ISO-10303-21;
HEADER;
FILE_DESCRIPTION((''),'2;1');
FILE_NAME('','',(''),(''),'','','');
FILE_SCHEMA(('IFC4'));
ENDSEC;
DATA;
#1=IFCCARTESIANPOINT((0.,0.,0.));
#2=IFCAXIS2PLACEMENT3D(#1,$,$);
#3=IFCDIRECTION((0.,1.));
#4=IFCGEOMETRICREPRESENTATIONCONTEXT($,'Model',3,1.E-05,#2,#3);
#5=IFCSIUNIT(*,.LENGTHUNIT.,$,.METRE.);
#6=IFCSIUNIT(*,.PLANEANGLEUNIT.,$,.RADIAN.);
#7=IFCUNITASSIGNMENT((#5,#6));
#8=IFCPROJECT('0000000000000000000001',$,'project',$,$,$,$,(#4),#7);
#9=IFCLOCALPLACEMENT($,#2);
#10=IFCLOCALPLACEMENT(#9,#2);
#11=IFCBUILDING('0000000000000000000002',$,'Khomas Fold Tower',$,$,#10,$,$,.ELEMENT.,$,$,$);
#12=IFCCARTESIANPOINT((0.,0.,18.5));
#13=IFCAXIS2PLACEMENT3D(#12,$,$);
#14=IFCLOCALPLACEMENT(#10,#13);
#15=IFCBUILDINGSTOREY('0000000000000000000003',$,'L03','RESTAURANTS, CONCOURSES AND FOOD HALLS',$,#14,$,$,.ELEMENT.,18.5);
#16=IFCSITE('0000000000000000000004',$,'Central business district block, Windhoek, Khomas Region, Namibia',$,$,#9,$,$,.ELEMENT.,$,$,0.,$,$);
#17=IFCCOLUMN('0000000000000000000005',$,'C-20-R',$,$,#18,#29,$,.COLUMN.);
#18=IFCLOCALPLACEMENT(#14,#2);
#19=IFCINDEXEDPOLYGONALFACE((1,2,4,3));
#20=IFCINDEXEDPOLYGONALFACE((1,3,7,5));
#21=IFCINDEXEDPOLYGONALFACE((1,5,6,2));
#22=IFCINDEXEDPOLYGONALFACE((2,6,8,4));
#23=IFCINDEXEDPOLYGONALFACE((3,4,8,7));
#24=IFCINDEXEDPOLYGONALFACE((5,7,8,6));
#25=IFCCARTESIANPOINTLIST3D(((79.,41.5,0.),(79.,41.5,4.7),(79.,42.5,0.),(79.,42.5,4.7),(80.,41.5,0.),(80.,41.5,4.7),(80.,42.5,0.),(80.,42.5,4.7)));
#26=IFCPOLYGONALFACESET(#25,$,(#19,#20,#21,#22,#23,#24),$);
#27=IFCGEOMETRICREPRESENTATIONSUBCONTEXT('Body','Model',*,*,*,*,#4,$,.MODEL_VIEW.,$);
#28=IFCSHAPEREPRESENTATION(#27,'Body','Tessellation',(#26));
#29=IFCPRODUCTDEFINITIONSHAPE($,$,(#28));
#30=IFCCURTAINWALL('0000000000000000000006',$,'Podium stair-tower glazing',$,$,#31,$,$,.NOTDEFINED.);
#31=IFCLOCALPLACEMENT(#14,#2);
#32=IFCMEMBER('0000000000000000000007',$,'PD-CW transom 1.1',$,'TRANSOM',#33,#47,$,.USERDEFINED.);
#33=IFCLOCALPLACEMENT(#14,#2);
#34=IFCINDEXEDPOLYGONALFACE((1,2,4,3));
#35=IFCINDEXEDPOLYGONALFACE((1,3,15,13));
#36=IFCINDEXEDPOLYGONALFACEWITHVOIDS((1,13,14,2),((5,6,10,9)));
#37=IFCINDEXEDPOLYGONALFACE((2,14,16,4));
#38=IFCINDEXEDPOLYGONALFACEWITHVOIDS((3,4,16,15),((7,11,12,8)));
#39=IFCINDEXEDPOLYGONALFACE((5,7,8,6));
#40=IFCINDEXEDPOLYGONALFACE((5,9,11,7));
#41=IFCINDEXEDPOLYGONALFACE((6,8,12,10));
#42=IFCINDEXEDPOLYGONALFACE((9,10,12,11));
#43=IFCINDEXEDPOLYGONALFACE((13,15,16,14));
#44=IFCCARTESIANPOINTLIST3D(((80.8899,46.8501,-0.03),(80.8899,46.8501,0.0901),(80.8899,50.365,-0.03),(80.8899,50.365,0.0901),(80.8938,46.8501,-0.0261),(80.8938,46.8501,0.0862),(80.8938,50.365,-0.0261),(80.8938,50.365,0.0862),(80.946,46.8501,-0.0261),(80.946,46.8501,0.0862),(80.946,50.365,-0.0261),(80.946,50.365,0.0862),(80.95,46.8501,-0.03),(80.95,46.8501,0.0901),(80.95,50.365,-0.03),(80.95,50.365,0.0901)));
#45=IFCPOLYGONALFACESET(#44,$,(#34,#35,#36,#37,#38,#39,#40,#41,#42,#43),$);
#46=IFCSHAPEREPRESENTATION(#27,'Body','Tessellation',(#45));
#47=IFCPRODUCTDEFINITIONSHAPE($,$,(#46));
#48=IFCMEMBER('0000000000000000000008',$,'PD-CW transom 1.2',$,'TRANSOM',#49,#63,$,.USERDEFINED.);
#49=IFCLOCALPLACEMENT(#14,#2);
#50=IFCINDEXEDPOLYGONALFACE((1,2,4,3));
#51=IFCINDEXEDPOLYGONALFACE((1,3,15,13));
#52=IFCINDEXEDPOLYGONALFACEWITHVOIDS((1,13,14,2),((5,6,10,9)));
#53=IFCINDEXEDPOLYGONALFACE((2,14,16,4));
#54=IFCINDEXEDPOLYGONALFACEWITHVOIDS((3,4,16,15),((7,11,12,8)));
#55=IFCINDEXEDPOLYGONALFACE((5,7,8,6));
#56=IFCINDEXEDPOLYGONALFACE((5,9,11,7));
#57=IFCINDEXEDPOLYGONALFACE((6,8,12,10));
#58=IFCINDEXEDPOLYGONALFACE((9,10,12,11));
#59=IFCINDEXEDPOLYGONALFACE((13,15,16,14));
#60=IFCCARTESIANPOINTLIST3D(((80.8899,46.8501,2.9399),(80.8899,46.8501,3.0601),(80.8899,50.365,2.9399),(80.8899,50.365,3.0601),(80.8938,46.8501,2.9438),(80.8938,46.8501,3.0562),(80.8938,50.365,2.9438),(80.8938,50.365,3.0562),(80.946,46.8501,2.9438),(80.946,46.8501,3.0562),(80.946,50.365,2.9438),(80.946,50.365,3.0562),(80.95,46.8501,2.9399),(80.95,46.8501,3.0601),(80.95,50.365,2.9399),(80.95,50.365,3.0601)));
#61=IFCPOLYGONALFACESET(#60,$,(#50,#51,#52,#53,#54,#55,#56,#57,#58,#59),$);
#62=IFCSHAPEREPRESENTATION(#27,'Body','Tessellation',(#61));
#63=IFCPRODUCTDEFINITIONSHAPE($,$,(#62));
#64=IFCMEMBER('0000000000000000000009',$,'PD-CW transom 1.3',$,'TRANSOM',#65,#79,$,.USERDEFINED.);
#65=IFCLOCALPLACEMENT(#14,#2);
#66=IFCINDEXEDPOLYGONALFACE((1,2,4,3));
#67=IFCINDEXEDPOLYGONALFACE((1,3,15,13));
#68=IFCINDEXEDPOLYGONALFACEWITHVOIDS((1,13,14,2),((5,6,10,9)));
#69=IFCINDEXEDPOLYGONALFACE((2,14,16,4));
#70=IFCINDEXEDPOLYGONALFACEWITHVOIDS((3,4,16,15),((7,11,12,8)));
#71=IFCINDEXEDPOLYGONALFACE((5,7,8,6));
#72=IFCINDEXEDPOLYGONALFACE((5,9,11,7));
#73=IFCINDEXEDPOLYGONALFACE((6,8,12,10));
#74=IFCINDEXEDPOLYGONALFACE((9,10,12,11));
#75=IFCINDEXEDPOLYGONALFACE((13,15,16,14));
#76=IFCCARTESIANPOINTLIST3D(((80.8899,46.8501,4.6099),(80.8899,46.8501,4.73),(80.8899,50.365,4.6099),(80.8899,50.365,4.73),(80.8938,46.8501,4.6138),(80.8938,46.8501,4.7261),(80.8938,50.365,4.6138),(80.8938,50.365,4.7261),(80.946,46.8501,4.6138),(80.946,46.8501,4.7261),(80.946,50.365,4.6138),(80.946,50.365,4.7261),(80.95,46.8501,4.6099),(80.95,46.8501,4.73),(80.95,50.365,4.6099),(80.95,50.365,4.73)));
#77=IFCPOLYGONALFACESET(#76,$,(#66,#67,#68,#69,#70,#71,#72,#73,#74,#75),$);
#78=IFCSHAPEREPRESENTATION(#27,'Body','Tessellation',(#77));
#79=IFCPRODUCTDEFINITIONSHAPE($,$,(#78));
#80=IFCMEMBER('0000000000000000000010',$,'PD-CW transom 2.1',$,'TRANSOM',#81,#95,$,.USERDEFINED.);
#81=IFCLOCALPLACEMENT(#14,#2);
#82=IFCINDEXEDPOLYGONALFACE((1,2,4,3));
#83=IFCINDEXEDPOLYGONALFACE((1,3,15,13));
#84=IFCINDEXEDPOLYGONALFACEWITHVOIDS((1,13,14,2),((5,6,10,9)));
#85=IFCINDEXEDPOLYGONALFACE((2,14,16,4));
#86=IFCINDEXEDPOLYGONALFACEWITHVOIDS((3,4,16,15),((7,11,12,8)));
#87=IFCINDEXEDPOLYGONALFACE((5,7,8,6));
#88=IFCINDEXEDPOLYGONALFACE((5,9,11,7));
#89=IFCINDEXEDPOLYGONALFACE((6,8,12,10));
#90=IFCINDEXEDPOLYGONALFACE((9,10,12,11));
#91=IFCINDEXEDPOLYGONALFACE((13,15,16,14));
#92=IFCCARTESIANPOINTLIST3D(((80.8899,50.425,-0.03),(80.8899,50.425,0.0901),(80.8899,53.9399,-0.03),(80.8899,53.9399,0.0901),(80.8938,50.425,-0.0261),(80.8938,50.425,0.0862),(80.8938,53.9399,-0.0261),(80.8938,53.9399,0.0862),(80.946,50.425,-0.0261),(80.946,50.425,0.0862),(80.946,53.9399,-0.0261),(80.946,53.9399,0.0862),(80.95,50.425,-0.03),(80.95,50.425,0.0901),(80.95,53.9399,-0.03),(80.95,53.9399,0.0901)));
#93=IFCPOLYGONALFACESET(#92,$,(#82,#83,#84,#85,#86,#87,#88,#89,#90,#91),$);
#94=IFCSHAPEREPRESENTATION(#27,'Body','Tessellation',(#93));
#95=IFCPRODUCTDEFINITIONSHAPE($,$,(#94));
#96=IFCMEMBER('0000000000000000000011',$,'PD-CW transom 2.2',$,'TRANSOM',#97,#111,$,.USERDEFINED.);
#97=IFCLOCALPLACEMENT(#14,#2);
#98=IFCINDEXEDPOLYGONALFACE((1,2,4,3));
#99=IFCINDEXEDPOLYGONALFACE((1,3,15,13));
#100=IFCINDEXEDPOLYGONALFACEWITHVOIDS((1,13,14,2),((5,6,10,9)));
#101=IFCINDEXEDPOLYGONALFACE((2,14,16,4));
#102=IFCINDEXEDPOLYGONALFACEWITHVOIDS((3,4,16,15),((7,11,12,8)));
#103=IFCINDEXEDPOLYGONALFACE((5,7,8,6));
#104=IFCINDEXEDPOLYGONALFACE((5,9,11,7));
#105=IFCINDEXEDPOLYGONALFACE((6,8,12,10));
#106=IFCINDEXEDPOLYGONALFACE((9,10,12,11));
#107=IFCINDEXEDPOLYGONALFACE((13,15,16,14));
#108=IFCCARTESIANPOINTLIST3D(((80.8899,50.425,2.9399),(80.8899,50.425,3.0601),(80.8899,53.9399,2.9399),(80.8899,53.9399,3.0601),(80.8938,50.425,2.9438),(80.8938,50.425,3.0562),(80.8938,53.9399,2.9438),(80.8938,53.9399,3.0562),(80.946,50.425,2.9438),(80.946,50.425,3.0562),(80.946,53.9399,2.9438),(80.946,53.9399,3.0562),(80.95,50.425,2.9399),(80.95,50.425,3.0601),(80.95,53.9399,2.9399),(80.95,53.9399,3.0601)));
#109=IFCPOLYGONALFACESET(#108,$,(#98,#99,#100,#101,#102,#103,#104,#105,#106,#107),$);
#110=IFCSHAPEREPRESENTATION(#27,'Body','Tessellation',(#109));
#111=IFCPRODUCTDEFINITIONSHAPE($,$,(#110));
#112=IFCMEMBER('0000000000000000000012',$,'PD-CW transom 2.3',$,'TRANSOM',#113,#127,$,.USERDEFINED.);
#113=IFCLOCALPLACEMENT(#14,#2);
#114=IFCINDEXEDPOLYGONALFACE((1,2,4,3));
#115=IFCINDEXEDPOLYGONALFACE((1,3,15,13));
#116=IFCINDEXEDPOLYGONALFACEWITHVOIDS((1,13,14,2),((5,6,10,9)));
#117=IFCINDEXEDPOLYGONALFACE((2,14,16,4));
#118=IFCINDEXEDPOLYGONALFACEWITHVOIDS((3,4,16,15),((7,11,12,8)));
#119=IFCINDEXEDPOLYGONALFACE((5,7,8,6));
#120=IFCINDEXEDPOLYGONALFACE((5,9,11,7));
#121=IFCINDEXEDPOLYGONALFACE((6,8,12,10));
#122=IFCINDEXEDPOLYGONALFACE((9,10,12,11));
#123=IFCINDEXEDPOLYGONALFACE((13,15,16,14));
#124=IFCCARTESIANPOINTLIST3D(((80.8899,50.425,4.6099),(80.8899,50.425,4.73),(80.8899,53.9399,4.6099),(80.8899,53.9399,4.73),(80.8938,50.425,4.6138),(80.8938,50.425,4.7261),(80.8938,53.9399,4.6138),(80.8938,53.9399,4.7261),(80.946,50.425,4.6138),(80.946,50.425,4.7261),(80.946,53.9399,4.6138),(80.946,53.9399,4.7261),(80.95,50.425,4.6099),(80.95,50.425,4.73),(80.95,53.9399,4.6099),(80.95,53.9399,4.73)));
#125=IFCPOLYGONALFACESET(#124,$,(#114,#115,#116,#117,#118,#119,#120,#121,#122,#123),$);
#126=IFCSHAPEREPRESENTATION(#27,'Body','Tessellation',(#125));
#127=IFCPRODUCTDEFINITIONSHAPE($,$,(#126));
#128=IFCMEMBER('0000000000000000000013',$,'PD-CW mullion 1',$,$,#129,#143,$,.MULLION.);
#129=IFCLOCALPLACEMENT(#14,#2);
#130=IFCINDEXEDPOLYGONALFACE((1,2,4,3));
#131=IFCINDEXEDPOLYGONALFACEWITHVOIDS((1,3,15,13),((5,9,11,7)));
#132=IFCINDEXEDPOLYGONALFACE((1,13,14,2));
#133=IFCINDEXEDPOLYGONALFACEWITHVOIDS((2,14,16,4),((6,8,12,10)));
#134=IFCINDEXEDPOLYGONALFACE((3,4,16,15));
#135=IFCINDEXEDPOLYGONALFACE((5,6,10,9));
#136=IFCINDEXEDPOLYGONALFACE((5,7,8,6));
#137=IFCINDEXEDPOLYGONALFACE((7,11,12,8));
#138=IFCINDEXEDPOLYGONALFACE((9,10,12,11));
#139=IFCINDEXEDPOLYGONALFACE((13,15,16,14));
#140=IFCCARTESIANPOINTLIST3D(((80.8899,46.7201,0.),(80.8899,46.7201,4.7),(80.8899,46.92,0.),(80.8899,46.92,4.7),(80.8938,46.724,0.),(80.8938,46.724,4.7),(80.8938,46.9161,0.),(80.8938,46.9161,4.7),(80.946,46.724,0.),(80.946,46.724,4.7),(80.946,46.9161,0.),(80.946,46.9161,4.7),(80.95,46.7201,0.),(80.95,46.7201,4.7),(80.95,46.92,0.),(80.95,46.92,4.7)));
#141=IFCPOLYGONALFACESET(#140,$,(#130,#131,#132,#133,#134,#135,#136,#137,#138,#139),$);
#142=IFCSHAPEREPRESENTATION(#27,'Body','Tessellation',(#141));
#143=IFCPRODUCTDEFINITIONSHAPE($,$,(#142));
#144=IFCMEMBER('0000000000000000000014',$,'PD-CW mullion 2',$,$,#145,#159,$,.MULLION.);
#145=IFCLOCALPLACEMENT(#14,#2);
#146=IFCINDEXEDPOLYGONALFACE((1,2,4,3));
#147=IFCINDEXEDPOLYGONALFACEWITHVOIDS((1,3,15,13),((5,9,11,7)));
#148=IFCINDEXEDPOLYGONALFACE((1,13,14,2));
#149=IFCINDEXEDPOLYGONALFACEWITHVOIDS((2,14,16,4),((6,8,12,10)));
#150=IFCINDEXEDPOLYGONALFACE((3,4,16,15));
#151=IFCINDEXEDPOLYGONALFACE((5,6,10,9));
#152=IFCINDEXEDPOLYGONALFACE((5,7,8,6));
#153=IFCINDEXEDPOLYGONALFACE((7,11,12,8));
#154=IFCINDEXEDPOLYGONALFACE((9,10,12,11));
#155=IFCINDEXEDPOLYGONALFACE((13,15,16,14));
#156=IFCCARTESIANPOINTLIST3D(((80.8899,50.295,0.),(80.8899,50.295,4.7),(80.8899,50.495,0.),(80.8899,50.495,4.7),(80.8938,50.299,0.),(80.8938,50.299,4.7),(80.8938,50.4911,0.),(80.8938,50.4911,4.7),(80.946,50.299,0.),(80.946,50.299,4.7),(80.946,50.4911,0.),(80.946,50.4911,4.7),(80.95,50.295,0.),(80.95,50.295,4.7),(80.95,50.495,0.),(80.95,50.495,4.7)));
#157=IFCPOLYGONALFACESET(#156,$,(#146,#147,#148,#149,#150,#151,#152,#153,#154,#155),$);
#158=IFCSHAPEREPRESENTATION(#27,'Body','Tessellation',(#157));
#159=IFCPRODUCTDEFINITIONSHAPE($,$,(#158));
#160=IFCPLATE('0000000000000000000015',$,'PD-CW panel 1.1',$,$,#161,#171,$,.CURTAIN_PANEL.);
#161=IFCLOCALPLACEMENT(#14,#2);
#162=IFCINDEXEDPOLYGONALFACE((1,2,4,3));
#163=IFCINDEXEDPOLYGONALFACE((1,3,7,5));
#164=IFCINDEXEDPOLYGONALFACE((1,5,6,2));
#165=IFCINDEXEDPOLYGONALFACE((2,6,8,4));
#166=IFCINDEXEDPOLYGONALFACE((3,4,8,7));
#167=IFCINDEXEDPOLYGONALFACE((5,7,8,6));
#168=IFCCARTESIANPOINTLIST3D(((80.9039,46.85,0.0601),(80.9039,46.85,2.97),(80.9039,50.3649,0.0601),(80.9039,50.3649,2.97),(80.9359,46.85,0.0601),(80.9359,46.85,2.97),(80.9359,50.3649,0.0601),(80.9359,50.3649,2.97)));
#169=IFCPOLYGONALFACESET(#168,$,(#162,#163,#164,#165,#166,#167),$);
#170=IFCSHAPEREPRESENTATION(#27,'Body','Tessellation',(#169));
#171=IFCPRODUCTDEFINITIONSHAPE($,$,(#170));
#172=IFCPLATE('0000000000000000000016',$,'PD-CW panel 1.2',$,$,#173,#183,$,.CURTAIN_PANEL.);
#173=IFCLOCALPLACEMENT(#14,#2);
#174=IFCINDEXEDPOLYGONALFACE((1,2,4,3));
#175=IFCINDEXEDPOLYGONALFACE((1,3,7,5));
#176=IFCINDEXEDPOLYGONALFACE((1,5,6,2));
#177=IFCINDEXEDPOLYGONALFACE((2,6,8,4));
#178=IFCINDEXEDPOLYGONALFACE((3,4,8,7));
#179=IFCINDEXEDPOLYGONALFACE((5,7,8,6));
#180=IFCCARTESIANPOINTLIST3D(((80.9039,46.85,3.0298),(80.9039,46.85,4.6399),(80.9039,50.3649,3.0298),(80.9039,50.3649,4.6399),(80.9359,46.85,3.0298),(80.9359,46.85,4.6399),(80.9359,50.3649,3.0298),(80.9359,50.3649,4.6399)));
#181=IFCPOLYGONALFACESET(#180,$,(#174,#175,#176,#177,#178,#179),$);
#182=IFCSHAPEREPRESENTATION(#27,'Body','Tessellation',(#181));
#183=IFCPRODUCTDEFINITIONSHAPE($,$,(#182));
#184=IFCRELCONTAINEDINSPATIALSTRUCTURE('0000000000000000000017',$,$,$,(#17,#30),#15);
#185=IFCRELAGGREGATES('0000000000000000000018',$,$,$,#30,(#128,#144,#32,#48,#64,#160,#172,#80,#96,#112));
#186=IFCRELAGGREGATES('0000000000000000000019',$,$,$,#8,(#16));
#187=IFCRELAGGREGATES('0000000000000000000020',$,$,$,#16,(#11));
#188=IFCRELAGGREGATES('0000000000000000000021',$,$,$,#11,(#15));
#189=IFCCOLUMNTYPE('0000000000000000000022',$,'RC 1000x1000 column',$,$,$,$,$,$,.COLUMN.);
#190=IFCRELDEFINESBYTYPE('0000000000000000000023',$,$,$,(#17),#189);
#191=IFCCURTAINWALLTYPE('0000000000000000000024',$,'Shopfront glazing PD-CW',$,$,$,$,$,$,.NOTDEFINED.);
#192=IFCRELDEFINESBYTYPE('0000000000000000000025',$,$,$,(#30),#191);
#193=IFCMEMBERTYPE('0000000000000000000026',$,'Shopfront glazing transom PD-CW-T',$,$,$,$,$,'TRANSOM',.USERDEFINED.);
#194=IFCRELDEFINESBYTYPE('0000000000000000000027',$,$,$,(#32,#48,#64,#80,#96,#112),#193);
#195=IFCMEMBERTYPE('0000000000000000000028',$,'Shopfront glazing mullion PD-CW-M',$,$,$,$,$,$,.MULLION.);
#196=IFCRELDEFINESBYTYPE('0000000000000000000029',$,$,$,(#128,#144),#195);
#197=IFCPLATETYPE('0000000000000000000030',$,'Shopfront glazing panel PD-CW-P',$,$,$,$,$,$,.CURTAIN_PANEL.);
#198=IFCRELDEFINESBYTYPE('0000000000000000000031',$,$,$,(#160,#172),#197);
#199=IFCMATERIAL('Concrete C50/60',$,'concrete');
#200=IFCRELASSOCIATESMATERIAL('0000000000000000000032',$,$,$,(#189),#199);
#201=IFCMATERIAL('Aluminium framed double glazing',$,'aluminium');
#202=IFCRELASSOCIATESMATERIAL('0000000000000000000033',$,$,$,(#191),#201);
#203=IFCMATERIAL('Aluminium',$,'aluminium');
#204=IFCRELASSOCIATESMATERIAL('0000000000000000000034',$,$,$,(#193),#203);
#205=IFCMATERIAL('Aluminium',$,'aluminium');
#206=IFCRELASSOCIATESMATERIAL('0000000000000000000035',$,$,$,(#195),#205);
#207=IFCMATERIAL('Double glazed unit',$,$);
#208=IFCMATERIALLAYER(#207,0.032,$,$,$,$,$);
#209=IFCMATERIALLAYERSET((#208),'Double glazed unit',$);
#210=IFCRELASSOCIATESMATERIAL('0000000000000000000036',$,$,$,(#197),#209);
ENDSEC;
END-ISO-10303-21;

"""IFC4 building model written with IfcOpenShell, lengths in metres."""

from ifc_helpers import new_model, si_unit, direction, frame, origin, origin_2d, place, context, subcontext, project, spatial, rectangle, hollow_rectangle, extrude, source, transform, mapped, material, layer, layer_set, material_profile, profile_set, type_object, element, aggregate, save


model = new_model("IFC4")

# Units and contexts
model_context = context("Model", 3, precision=1e-05, world=origin(), true_north=direction((0.0, 1.0)))
body_context = subcontext(model_context, "Body", "Model", "MODEL_VIEW")
ifc_project = project(units=[si_unit("LENGTHUNIT", "METRE"), si_unit("PLANEANGLEUNIT", "RADIAN")], contexts=[model_context])

# Site, building, storey
site_placement = place(None, origin())
site = spatial("IfcSite", under=ifc_project, at=site_placement, Name="Central business district block, Windhoek, Khomas Region, Namibia", CompositionType="ELEMENT", RefElevation=0.0)
building_placement = place(site_placement, origin())
building = spatial("IfcBuilding", under=site, at=building_placement, Name="Khomas Fold Tower", CompositionType="ELEMENT")
storey_placement = place(building_placement, frame((0.0, 0.0, 18.5)))
storey = spatial("IfcBuildingStorey", under=building, at=storey_placement, Name="L03", Description="RESTAURANTS, CONCOURSES AND FOOD HALLS", CompositionType="ELEMENT", Elevation=18.5)

# Column
ifc_material_1 = material(Name="Concrete C50/60", Category="concrete")
ifc_material_profile_1 = material_profile(ifc_material_1, rectangle(XDim=1.0, YDim=1.0, at=origin_2d()), Name="RC 1000x1000")
ifc_profile_set_1 = profile_set([ifc_material_profile_1], Name="Concrete C50/60")
column_type = type_object("IfcColumnType", Name="RC 1000x1000 column", PredefinedType="COLUMN", material=ifc_profile_set_1)
shared_shape_1 = source(origin(), body_context, "Body", "SweptSolid", [
    extrude(rectangle(XDim=1.0, YDim=1.0, at=origin_2d()), origin(), (0.0, 0.0, 1.0), 4.7),
])
column_placement = place(storey_placement, frame((79.5, 42.0, 0.0), z_axis=(0.0, 0.0, 1.0), x_axis=(1.0, 0.0, 0.0)))
element("IfcColumn", 1, at=column_placement, inside=storey, type_object=column_type, Name="C-20-R", PredefinedType="COLUMN", context=body_context, shape_type="MappedRepresentation", body=[
    mapped(shared_shape_1, transform((0.0, 0.0, 0.0))),
])

# Curtain wall, members, plates
ifc_material_2 = material(Name="Aluminium framed double glazing", Category="aluminium")
curtain_wall_type = type_object("IfcCurtainWallType", Name="Shopfront glazing PD-CW", PredefinedType="NOTDEFINED", material=ifc_material_2)
curtain_wall_placement = place(storey_placement, origin())
curtain_wall = element("IfcCurtainWall", 2, at=curtain_wall_placement, inside=storey, type_object=curtain_wall_type, Name="Podium stair-tower glazing", PredefinedType="NOTDEFINED")
ifc_material_3 = material(Name="Aluminium", Category="aluminium")
ifc_material_profile_2 = material_profile(ifc_material_3, hollow_rectangle(XDim=0.0601, YDim=0.1201, WallThickness=0.0039, at=origin_2d()), Name="Shopfront glazing transom PD-CW-T")
ifc_profile_set_2 = profile_set([ifc_material_profile_2], Name="Aluminium")
member_type_1 = type_object("IfcMemberType", Name="Shopfront glazing transom PD-CW-T", ElementType="TRANSOM", PredefinedType="USERDEFINED", material=ifc_profile_set_2)
shared_shape_2 = source(origin(), body_context, "Body", "SweptSolid", [
    extrude(hollow_rectangle(XDim=0.0601, YDim=0.1201, WallThickness=0.0039, at=origin_2d()), origin(), (0.0, 0.0, 1.0), 3.5149),
])
member_1_placement = place(storey_placement, frame((80.9199, 46.8501, 0.03), z_axis=(0.0, 1.0, 0.0), x_axis=(-1.0, 0.0, 0.0)))
member_1 = element("IfcMember", 3, at=member_1_placement, type_object=member_type_1, Name="PD-CW transom 1.1", ObjectType="TRANSOM", PredefinedType="USERDEFINED", context=body_context, shape_type="MappedRepresentation", body=[
    mapped(shared_shape_2, transform((0.0, 0.0, 0.0))),
])
member_2_placement = place(storey_placement, frame((80.9199, 46.8501, 3.0), z_axis=(0.0, 1.0, 0.0), x_axis=(-1.0, 0.0, 0.0)))
member_2 = element("IfcMember", 4, at=member_2_placement, type_object=member_type_1, Name="PD-CW transom 1.2", ObjectType="TRANSOM", PredefinedType="USERDEFINED", context=body_context, shape_type="MappedRepresentation", body=[
    mapped(shared_shape_2, transform((0.0, 0.0, 0.0))),
])
member_3_placement = place(storey_placement, frame((80.9199, 46.8501, 4.6699), z_axis=(0.0, 1.0, 0.0), x_axis=(-1.0, 0.0, 0.0)))
member_3 = element("IfcMember", 5, at=member_3_placement, type_object=member_type_1, Name="PD-CW transom 1.3", ObjectType="TRANSOM", PredefinedType="USERDEFINED", context=body_context, shape_type="MappedRepresentation", body=[
    mapped(shared_shape_2, transform((0.0, 0.0, 0.0))),
])
member_4_placement = place(storey_placement, frame((80.9199, 50.425, 0.03), z_axis=(0.0, 1.0, 0.0), x_axis=(-1.0, 0.0, 0.0)))
member_4 = element("IfcMember", 6, at=member_4_placement, type_object=member_type_1, Name="PD-CW transom 2.1", ObjectType="TRANSOM", PredefinedType="USERDEFINED", context=body_context, shape_type="MappedRepresentation", body=[
    mapped(shared_shape_2, transform((0.0, 0.0, 0.0))),
])
member_5_placement = place(storey_placement, frame((80.9199, 50.425, 3.0), z_axis=(0.0, 1.0, 0.0), x_axis=(-1.0, 0.0, 0.0)))
member_5 = element("IfcMember", 7, at=member_5_placement, type_object=member_type_1, Name="PD-CW transom 2.2", ObjectType="TRANSOM", PredefinedType="USERDEFINED", context=body_context, shape_type="MappedRepresentation", body=[
    mapped(shared_shape_2, transform((0.0, 0.0, 0.0))),
])
member_6_placement = place(storey_placement, frame((80.9199, 50.425, 4.6699), z_axis=(0.0, 1.0, 0.0), x_axis=(-1.0, 0.0, 0.0)))
member_6 = element("IfcMember", 8, at=member_6_placement, type_object=member_type_1, Name="PD-CW transom 2.3", ObjectType="TRANSOM", PredefinedType="USERDEFINED", context=body_context, shape_type="MappedRepresentation", body=[
    mapped(shared_shape_2, transform((0.0, 0.0, 0.0))),
])
ifc_material_4 = material(Name="Aluminium", Category="aluminium")
ifc_material_profile_3 = material_profile(ifc_material_4, hollow_rectangle(XDim=0.0601, YDim=0.2, WallThickness=0.0039, at=origin_2d()), Name="Shopfront glazing mullion PD-CW-M")
ifc_profile_set_3 = profile_set([ifc_material_profile_3], Name="Aluminium")
member_type_2 = type_object("IfcMemberType", Name="Shopfront glazing mullion PD-CW-M", PredefinedType="MULLION", material=ifc_profile_set_3)
shared_shape_3 = source(origin(), body_context, "Body", "SweptSolid", [
    extrude(hollow_rectangle(XDim=0.0601, YDim=0.2, WallThickness=0.0039, at=origin_2d()), origin(), (0.0, 0.0, 1.0), 4.7),
])
member_7_placement = place(storey_placement, frame((80.9199, 46.8201, 0.0), z_axis=(0.0, 0.0, 1.0), x_axis=(-1.0, 0.0, 0.0)))
member_7 = element("IfcMember", 9, at=member_7_placement, type_object=member_type_2, Name="PD-CW mullion 1", PredefinedType="MULLION", context=body_context, shape_type="MappedRepresentation", body=[
    mapped(shared_shape_3, transform((0.0, 0.0, 0.0))),
])
member_8_placement = place(storey_placement, frame((80.9199, 50.395, 0.0), z_axis=(0.0, 0.0, 1.0), x_axis=(-1.0, 0.0, 0.0)))
member_8 = element("IfcMember", 10, at=member_8_placement, type_object=member_type_2, Name="PD-CW mullion 2", PredefinedType="MULLION", context=body_context, shape_type="MappedRepresentation", body=[
    mapped(shared_shape_3, transform((0.0, 0.0, 0.0))),
])
ifc_material_5 = material(Name="Double glazed unit")
ifc_layer_1 = layer(ifc_material_5, 0.032)
ifc_layer_set_1 = layer_set([ifc_layer_1], Name="Double glazed unit")
plate_type = type_object("IfcPlateType", Name="Shopfront glazing panel PD-CW-P", PredefinedType="CURTAIN_PANEL", material=ifc_layer_set_1)
shared_shape_4 = source(origin(), body_context, "Body", "SweptSolid", [
    extrude(rectangle(XDim=3.5149, YDim=0.032, at=origin_2d()), origin(), (0.0, 0.0, 1.0), 2.9099),
])
plate_1_placement = place(storey_placement, frame((80.9199, 48.6074, 0.0601), z_axis=(0.0, 0.0, 1.0), x_axis=(0.0, 1.0, 0.0)))
plate_1 = element("IfcPlate", 11, at=plate_1_placement, type_object=plate_type, Name="PD-CW panel 1.1", PredefinedType="CURTAIN_PANEL", context=body_context, shape_type="MappedRepresentation", body=[
    mapped(shared_shape_4, transform((0.0, 0.0, 0.0))),
])
shared_shape_5 = source(origin(), body_context, "Body", "SweptSolid", [
    extrude(rectangle(XDim=3.5149, YDim=0.032, at=origin_2d()), origin(), (0.0, 0.0, 1.0), 1.6101),
])
plate_2_placement = place(storey_placement, frame((80.9199, 48.6074, 3.0298), z_axis=(0.0, 0.0, 1.0), x_axis=(0.0, 1.0, 0.0)))
plate_2 = element("IfcPlate", 12, at=plate_2_placement, type_object=plate_type, Name="PD-CW panel 1.2", PredefinedType="CURTAIN_PANEL", context=body_context, shape_type="MappedRepresentation", body=[
    mapped(shared_shape_5, transform((0.0, 0.0, 0.0))),
])
aggregate(curtain_wall, [member_7, member_8, member_1, member_2, member_3, plate_1, plate_2, member_4, member_5, member_6])

save(model, "model.ifc")
